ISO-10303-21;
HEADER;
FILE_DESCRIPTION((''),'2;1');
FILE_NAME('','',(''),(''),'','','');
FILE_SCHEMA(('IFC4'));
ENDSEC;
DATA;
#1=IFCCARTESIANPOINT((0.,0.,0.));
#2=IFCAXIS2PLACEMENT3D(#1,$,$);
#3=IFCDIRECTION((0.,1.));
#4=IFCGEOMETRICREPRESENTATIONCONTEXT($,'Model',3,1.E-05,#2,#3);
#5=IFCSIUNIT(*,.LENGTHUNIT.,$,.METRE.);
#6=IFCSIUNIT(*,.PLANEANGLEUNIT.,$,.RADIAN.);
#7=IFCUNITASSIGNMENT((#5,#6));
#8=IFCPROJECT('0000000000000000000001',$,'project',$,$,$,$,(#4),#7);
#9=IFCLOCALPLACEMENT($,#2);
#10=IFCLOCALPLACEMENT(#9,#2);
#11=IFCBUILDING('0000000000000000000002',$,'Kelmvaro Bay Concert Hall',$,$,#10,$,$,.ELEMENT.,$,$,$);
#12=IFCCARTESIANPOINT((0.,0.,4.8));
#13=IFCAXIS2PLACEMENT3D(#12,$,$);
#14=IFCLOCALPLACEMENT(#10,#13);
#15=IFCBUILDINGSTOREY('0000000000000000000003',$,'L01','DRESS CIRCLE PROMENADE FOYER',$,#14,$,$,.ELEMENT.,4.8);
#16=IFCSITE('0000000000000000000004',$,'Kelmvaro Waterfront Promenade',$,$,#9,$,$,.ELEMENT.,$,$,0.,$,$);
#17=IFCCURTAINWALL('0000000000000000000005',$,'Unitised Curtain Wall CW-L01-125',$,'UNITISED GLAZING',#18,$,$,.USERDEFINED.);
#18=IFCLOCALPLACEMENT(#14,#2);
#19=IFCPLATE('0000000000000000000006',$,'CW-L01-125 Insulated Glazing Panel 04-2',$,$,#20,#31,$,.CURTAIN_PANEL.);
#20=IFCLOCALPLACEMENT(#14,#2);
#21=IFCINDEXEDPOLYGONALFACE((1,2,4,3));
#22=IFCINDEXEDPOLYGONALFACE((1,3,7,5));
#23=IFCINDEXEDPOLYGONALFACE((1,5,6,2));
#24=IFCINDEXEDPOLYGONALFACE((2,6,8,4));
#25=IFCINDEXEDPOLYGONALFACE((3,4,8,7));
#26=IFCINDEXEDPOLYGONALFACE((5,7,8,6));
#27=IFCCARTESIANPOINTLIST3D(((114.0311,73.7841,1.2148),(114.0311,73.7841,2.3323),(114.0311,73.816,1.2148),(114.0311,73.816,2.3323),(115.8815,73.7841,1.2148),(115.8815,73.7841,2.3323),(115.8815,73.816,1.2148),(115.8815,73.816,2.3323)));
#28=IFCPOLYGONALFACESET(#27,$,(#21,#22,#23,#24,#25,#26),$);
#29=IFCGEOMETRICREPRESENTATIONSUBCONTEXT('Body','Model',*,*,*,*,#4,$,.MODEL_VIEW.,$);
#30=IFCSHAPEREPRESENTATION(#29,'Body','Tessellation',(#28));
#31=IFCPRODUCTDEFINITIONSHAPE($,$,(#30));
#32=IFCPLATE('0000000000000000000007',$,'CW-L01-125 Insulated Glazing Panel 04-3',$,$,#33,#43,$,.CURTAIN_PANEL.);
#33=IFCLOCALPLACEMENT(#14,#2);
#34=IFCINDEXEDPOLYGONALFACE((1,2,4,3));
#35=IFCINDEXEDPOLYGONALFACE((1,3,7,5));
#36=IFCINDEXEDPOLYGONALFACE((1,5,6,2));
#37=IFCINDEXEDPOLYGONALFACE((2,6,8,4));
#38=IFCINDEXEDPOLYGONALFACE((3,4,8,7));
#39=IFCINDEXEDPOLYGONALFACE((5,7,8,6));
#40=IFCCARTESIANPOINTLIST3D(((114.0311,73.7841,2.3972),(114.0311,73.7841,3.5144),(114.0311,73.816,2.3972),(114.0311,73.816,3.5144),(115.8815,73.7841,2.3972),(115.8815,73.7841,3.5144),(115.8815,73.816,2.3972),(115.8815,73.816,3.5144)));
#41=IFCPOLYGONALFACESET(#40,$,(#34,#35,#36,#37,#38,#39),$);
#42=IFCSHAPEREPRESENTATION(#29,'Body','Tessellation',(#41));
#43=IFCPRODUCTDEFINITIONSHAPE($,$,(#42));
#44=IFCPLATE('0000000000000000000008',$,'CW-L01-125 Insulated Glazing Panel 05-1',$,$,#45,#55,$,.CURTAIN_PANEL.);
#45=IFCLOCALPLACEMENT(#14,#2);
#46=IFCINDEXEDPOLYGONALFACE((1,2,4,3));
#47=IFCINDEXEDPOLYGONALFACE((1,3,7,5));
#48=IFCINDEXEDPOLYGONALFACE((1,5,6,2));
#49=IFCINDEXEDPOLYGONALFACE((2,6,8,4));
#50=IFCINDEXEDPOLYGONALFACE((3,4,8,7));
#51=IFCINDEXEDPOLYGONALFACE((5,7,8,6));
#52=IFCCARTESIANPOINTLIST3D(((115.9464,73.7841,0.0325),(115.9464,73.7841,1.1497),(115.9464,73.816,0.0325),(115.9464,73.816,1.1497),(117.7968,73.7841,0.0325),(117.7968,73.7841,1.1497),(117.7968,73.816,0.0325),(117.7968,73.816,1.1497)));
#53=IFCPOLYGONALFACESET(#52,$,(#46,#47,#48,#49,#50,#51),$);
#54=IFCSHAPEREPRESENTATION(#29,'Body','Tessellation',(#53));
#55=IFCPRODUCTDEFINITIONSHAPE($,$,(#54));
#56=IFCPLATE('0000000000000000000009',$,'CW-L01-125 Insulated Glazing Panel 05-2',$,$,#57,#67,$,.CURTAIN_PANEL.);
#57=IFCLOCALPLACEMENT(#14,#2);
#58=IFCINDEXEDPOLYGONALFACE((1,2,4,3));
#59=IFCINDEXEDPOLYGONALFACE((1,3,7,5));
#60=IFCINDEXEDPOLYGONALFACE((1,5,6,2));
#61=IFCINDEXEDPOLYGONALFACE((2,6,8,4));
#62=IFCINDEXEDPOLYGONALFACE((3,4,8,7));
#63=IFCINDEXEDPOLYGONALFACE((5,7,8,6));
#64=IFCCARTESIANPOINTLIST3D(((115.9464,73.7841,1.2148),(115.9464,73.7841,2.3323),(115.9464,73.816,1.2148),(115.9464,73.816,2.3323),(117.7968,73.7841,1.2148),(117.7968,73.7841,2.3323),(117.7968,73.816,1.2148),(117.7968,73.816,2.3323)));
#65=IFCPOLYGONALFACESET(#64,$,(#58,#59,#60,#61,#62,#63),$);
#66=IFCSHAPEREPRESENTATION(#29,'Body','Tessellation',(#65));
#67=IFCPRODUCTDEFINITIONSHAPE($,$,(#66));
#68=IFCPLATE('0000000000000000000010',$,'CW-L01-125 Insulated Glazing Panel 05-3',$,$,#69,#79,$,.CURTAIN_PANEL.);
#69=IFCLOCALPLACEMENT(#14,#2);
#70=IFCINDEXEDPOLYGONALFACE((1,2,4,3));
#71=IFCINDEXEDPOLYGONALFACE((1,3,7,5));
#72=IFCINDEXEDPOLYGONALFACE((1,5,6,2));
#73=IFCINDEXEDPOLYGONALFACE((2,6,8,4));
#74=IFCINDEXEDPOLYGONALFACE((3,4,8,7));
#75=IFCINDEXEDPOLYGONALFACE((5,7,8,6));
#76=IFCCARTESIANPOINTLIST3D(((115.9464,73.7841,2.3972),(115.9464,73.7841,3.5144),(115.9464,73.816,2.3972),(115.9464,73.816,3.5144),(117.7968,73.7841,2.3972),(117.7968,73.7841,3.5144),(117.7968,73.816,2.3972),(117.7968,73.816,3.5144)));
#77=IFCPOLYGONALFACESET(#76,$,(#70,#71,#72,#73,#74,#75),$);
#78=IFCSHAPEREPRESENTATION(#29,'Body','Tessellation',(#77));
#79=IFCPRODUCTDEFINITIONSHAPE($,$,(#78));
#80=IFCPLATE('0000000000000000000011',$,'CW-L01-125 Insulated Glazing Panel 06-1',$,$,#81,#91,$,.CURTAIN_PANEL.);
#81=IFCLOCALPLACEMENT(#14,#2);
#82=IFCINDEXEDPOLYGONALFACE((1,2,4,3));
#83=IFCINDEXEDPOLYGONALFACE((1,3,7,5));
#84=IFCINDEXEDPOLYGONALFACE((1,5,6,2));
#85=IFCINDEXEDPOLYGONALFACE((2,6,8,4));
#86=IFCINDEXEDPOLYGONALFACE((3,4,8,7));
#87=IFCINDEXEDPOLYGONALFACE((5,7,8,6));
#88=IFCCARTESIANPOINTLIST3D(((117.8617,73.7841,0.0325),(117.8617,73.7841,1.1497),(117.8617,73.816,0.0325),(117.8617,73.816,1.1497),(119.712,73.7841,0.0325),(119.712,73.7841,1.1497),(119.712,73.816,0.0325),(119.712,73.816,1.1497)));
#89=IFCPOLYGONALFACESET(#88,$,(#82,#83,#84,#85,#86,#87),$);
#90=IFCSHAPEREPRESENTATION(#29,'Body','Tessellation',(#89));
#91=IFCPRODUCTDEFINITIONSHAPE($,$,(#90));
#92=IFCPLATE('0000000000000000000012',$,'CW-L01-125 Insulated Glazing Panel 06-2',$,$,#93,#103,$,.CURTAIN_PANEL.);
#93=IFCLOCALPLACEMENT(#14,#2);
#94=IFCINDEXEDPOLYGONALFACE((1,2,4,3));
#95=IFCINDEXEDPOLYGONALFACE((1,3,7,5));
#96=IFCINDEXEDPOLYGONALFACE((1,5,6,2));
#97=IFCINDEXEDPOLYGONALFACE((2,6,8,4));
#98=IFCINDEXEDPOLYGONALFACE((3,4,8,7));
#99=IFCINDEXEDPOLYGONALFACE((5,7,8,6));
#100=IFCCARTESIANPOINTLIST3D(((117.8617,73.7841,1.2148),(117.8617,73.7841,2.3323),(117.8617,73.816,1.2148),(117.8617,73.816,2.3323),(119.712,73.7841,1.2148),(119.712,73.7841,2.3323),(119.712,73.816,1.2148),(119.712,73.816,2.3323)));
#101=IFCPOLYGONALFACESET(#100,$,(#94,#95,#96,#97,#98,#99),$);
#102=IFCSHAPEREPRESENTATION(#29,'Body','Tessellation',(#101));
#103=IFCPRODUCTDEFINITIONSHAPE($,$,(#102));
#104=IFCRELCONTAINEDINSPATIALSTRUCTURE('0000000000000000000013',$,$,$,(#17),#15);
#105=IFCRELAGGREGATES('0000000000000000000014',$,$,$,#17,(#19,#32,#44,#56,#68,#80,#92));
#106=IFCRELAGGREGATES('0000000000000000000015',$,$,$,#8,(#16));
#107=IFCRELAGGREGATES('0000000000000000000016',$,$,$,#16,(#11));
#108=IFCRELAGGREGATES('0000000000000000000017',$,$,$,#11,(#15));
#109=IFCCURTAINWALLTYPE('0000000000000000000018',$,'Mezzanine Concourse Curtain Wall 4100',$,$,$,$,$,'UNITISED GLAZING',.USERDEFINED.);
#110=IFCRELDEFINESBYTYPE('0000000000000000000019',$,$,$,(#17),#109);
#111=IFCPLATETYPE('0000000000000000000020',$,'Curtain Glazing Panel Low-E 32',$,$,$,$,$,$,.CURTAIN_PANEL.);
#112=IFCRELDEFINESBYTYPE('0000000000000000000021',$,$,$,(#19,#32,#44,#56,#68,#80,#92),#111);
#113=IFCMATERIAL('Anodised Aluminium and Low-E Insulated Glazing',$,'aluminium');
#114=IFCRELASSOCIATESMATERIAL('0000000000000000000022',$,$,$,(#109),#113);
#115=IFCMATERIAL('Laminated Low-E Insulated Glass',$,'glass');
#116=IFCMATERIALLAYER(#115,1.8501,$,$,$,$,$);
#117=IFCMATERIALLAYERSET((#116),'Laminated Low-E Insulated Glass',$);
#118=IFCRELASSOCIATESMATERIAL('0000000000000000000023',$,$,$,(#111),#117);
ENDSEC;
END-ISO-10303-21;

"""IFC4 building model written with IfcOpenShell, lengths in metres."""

from ifc_helpers import new_model, si_unit, direction, frame, origin, origin_2d, place, context, subcontext, project, spatial, rectangle, extrude, material, layer, layer_set, type_object, element, aggregate, save


model = new_model("IFC4")

# Units and contexts
model_context = context("Model", 3, precision=1e-05, world=origin(), true_north=direction((0.0, 1.0)))
body_context = subcontext(model_context, "Body", "Model", "MODEL_VIEW")
ifc_project = project(units=[si_unit("LENGTHUNIT", "METRE"), si_unit("PLANEANGLEUNIT", "RADIAN")], contexts=[model_context])

# Site, building, storey
site_placement = place(None, origin())
site = spatial("IfcSite", under=ifc_project, at=site_placement, Name="Kelmvaro Waterfront Promenade", CompositionType="ELEMENT", RefElevation=0.0)
building_placement = place(site_placement, origin())
building = spatial("IfcBuilding", under=site, at=building_placement, Name="Kelmvaro Bay Concert Hall", CompositionType="ELEMENT")
storey_placement = place(building_placement, frame((0.0, 0.0, 4.8)))
storey = spatial("IfcBuildingStorey", under=building, at=storey_placement, Name="L01", Description="DRESS CIRCLE PROMENADE FOYER", CompositionType="ELEMENT", Elevation=4.8)

# Curtain wall, plates
ifc_material_1 = material(Name="Anodised Aluminium and Low-E Insulated Glazing", Category="aluminium")
curtain_wall_type = type_object("IfcCurtainWallType", Name="Mezzanine Concourse Curtain Wall 4100", ElementType="UNITISED GLAZING", PredefinedType="USERDEFINED", material=ifc_material_1)
curtain_wall_placement = place(storey_placement, origin())
curtain_wall = element("IfcCurtainWall", 1, at=curtain_wall_placement, inside=storey, type_object=curtain_wall_type, Name="Unitised Curtain Wall CW-L01-125", ObjectType="UNITISED GLAZING", PredefinedType="USERDEFINED")
ifc_material_2 = material(Name="Laminated Low-E Insulated Glass", Category="glass")
ifc_layer = layer(ifc_material_2, 1.8501)
ifc_layer_set = layer_set([ifc_layer], Name="Laminated Low-E Insulated Glass")
plate_type = type_object("IfcPlateType", Name="Curtain Glazing Panel Low-E 32", PredefinedType="CURTAIN_PANEL", material=ifc_layer_set)
plate_1_placement = place(storey_placement, frame((114.9563, 73.8, 1.2148), z_axis=(0.0, 0.0, 1.0), x_axis=(1.0, 0.0, 0.0)))
plate_1 = element("IfcPlate", 2, at=plate_1_placement, type_object=plate_type, Name="CW-L01-125 Insulated Glazing Panel 04-2", PredefinedType="CURTAIN_PANEL", context=body_context, shape_type="SweptSolid", body=[
    extrude(rectangle(XDim=1.8503, YDim=0.032, at=origin_2d()), origin(), (0.0, 0.0, 1.0), 1.1174),
])
plate_2_placement = place(storey_placement, frame((114.9563, 73.8, 2.3972), z_axis=(0.0, 0.0, 1.0), x_axis=(1.0, 0.0, 0.0)))
plate_2 = element("IfcPlate", 3, at=plate_2_placement, type_object=plate_type, Name="CW-L01-125 Insulated Glazing Panel 04-3", PredefinedType="CURTAIN_PANEL", context=body_context, shape_type="SweptSolid", body=[
    extrude(rectangle(XDim=1.8503, YDim=0.032, at=origin_2d()), origin(), (0.0, 0.0, 1.0), 1.1172),
])
plate_3_placement = place(storey_placement, frame((116.8716, 73.8, 0.0325), z_axis=(0.0, 0.0, 1.0), x_axis=(1.0, 0.0, 0.0)))
plate_3 = element("IfcPlate", 4, at=plate_3_placement, type_object=plate_type, Name="CW-L01-125 Insulated Glazing Panel 05-1", PredefinedType="CURTAIN_PANEL", context=body_context, shape_type="SweptSolid", body=[
    extrude(rectangle(XDim=1.8503, YDim=0.032, at=origin_2d()), origin(), (0.0, 0.0, 1.0), 1.1172),
])
plate_4_placement = place(storey_placement, frame((116.8716, 73.8, 1.2148), z_axis=(0.0, 0.0, 1.0), x_axis=(1.0, 0.0, 0.0)))
plate_4 = element("IfcPlate", 5, at=plate_4_placement, type_object=plate_type, Name="CW-L01-125 Insulated Glazing Panel 05-2", PredefinedType="CURTAIN_PANEL", context=body_context, shape_type="SweptSolid", body=[
    extrude(rectangle(XDim=1.8503, YDim=0.032, at=origin_2d()), origin(), (0.0, 0.0, 1.0), 1.1174),
])
plate_5_placement = place(storey_placement, frame((116.8716, 73.8, 2.3972), z_axis=(0.0, 0.0, 1.0), x_axis=(1.0, 0.0, 0.0)))
plate_5 = element("IfcPlate", 6, at=plate_5_placement, type_object=plate_type, Name="CW-L01-125 Insulated Glazing Panel 05-3", PredefinedType="CURTAIN_PANEL", context=body_context, shape_type="SweptSolid", body=[
    extrude(rectangle(XDim=1.8503, YDim=0.032, at=origin_2d()), origin(), (0.0, 0.0, 1.0), 1.1172),
])
plate_6_placement = place(storey_placement, frame((118.7869, 73.8, 0.0325), z_axis=(0.0, 0.0, 1.0), x_axis=(1.0, 0.0, 0.0)))
plate_6 = element("IfcPlate", 7, at=plate_6_placement, type_object=plate_type, Name="CW-L01-125 Insulated Glazing Panel 06-1", PredefinedType="CURTAIN_PANEL", context=body_context, shape_type="SweptSolid", body=[
    extrude(rectangle(XDim=1.8503, YDim=0.032, at=origin_2d()), origin(), (0.0, 0.0, 1.0), 1.1172),
])
plate_7_placement = place(storey_placement, frame((118.7869, 73.8, 1.2148), z_axis=(0.0, 0.0, 1.0), x_axis=(1.0, 0.0, 0.0)))
plate_7 = element("IfcPlate", 8, at=plate_7_placement, type_object=plate_type, Name="CW-L01-125 Insulated Glazing Panel 06-2", PredefinedType="CURTAIN_PANEL", context=body_context, shape_type="SweptSolid", body=[
    extrude(rectangle(XDim=1.8503, YDim=0.032, at=origin_2d()), origin(), (0.0, 0.0, 1.0), 1.1174),
])
aggregate(curtain_wall, [plate_1, plate_2, plate_3, plate_4, plate_5, plate_6, plate_7])

save(model, "model.ifc")
